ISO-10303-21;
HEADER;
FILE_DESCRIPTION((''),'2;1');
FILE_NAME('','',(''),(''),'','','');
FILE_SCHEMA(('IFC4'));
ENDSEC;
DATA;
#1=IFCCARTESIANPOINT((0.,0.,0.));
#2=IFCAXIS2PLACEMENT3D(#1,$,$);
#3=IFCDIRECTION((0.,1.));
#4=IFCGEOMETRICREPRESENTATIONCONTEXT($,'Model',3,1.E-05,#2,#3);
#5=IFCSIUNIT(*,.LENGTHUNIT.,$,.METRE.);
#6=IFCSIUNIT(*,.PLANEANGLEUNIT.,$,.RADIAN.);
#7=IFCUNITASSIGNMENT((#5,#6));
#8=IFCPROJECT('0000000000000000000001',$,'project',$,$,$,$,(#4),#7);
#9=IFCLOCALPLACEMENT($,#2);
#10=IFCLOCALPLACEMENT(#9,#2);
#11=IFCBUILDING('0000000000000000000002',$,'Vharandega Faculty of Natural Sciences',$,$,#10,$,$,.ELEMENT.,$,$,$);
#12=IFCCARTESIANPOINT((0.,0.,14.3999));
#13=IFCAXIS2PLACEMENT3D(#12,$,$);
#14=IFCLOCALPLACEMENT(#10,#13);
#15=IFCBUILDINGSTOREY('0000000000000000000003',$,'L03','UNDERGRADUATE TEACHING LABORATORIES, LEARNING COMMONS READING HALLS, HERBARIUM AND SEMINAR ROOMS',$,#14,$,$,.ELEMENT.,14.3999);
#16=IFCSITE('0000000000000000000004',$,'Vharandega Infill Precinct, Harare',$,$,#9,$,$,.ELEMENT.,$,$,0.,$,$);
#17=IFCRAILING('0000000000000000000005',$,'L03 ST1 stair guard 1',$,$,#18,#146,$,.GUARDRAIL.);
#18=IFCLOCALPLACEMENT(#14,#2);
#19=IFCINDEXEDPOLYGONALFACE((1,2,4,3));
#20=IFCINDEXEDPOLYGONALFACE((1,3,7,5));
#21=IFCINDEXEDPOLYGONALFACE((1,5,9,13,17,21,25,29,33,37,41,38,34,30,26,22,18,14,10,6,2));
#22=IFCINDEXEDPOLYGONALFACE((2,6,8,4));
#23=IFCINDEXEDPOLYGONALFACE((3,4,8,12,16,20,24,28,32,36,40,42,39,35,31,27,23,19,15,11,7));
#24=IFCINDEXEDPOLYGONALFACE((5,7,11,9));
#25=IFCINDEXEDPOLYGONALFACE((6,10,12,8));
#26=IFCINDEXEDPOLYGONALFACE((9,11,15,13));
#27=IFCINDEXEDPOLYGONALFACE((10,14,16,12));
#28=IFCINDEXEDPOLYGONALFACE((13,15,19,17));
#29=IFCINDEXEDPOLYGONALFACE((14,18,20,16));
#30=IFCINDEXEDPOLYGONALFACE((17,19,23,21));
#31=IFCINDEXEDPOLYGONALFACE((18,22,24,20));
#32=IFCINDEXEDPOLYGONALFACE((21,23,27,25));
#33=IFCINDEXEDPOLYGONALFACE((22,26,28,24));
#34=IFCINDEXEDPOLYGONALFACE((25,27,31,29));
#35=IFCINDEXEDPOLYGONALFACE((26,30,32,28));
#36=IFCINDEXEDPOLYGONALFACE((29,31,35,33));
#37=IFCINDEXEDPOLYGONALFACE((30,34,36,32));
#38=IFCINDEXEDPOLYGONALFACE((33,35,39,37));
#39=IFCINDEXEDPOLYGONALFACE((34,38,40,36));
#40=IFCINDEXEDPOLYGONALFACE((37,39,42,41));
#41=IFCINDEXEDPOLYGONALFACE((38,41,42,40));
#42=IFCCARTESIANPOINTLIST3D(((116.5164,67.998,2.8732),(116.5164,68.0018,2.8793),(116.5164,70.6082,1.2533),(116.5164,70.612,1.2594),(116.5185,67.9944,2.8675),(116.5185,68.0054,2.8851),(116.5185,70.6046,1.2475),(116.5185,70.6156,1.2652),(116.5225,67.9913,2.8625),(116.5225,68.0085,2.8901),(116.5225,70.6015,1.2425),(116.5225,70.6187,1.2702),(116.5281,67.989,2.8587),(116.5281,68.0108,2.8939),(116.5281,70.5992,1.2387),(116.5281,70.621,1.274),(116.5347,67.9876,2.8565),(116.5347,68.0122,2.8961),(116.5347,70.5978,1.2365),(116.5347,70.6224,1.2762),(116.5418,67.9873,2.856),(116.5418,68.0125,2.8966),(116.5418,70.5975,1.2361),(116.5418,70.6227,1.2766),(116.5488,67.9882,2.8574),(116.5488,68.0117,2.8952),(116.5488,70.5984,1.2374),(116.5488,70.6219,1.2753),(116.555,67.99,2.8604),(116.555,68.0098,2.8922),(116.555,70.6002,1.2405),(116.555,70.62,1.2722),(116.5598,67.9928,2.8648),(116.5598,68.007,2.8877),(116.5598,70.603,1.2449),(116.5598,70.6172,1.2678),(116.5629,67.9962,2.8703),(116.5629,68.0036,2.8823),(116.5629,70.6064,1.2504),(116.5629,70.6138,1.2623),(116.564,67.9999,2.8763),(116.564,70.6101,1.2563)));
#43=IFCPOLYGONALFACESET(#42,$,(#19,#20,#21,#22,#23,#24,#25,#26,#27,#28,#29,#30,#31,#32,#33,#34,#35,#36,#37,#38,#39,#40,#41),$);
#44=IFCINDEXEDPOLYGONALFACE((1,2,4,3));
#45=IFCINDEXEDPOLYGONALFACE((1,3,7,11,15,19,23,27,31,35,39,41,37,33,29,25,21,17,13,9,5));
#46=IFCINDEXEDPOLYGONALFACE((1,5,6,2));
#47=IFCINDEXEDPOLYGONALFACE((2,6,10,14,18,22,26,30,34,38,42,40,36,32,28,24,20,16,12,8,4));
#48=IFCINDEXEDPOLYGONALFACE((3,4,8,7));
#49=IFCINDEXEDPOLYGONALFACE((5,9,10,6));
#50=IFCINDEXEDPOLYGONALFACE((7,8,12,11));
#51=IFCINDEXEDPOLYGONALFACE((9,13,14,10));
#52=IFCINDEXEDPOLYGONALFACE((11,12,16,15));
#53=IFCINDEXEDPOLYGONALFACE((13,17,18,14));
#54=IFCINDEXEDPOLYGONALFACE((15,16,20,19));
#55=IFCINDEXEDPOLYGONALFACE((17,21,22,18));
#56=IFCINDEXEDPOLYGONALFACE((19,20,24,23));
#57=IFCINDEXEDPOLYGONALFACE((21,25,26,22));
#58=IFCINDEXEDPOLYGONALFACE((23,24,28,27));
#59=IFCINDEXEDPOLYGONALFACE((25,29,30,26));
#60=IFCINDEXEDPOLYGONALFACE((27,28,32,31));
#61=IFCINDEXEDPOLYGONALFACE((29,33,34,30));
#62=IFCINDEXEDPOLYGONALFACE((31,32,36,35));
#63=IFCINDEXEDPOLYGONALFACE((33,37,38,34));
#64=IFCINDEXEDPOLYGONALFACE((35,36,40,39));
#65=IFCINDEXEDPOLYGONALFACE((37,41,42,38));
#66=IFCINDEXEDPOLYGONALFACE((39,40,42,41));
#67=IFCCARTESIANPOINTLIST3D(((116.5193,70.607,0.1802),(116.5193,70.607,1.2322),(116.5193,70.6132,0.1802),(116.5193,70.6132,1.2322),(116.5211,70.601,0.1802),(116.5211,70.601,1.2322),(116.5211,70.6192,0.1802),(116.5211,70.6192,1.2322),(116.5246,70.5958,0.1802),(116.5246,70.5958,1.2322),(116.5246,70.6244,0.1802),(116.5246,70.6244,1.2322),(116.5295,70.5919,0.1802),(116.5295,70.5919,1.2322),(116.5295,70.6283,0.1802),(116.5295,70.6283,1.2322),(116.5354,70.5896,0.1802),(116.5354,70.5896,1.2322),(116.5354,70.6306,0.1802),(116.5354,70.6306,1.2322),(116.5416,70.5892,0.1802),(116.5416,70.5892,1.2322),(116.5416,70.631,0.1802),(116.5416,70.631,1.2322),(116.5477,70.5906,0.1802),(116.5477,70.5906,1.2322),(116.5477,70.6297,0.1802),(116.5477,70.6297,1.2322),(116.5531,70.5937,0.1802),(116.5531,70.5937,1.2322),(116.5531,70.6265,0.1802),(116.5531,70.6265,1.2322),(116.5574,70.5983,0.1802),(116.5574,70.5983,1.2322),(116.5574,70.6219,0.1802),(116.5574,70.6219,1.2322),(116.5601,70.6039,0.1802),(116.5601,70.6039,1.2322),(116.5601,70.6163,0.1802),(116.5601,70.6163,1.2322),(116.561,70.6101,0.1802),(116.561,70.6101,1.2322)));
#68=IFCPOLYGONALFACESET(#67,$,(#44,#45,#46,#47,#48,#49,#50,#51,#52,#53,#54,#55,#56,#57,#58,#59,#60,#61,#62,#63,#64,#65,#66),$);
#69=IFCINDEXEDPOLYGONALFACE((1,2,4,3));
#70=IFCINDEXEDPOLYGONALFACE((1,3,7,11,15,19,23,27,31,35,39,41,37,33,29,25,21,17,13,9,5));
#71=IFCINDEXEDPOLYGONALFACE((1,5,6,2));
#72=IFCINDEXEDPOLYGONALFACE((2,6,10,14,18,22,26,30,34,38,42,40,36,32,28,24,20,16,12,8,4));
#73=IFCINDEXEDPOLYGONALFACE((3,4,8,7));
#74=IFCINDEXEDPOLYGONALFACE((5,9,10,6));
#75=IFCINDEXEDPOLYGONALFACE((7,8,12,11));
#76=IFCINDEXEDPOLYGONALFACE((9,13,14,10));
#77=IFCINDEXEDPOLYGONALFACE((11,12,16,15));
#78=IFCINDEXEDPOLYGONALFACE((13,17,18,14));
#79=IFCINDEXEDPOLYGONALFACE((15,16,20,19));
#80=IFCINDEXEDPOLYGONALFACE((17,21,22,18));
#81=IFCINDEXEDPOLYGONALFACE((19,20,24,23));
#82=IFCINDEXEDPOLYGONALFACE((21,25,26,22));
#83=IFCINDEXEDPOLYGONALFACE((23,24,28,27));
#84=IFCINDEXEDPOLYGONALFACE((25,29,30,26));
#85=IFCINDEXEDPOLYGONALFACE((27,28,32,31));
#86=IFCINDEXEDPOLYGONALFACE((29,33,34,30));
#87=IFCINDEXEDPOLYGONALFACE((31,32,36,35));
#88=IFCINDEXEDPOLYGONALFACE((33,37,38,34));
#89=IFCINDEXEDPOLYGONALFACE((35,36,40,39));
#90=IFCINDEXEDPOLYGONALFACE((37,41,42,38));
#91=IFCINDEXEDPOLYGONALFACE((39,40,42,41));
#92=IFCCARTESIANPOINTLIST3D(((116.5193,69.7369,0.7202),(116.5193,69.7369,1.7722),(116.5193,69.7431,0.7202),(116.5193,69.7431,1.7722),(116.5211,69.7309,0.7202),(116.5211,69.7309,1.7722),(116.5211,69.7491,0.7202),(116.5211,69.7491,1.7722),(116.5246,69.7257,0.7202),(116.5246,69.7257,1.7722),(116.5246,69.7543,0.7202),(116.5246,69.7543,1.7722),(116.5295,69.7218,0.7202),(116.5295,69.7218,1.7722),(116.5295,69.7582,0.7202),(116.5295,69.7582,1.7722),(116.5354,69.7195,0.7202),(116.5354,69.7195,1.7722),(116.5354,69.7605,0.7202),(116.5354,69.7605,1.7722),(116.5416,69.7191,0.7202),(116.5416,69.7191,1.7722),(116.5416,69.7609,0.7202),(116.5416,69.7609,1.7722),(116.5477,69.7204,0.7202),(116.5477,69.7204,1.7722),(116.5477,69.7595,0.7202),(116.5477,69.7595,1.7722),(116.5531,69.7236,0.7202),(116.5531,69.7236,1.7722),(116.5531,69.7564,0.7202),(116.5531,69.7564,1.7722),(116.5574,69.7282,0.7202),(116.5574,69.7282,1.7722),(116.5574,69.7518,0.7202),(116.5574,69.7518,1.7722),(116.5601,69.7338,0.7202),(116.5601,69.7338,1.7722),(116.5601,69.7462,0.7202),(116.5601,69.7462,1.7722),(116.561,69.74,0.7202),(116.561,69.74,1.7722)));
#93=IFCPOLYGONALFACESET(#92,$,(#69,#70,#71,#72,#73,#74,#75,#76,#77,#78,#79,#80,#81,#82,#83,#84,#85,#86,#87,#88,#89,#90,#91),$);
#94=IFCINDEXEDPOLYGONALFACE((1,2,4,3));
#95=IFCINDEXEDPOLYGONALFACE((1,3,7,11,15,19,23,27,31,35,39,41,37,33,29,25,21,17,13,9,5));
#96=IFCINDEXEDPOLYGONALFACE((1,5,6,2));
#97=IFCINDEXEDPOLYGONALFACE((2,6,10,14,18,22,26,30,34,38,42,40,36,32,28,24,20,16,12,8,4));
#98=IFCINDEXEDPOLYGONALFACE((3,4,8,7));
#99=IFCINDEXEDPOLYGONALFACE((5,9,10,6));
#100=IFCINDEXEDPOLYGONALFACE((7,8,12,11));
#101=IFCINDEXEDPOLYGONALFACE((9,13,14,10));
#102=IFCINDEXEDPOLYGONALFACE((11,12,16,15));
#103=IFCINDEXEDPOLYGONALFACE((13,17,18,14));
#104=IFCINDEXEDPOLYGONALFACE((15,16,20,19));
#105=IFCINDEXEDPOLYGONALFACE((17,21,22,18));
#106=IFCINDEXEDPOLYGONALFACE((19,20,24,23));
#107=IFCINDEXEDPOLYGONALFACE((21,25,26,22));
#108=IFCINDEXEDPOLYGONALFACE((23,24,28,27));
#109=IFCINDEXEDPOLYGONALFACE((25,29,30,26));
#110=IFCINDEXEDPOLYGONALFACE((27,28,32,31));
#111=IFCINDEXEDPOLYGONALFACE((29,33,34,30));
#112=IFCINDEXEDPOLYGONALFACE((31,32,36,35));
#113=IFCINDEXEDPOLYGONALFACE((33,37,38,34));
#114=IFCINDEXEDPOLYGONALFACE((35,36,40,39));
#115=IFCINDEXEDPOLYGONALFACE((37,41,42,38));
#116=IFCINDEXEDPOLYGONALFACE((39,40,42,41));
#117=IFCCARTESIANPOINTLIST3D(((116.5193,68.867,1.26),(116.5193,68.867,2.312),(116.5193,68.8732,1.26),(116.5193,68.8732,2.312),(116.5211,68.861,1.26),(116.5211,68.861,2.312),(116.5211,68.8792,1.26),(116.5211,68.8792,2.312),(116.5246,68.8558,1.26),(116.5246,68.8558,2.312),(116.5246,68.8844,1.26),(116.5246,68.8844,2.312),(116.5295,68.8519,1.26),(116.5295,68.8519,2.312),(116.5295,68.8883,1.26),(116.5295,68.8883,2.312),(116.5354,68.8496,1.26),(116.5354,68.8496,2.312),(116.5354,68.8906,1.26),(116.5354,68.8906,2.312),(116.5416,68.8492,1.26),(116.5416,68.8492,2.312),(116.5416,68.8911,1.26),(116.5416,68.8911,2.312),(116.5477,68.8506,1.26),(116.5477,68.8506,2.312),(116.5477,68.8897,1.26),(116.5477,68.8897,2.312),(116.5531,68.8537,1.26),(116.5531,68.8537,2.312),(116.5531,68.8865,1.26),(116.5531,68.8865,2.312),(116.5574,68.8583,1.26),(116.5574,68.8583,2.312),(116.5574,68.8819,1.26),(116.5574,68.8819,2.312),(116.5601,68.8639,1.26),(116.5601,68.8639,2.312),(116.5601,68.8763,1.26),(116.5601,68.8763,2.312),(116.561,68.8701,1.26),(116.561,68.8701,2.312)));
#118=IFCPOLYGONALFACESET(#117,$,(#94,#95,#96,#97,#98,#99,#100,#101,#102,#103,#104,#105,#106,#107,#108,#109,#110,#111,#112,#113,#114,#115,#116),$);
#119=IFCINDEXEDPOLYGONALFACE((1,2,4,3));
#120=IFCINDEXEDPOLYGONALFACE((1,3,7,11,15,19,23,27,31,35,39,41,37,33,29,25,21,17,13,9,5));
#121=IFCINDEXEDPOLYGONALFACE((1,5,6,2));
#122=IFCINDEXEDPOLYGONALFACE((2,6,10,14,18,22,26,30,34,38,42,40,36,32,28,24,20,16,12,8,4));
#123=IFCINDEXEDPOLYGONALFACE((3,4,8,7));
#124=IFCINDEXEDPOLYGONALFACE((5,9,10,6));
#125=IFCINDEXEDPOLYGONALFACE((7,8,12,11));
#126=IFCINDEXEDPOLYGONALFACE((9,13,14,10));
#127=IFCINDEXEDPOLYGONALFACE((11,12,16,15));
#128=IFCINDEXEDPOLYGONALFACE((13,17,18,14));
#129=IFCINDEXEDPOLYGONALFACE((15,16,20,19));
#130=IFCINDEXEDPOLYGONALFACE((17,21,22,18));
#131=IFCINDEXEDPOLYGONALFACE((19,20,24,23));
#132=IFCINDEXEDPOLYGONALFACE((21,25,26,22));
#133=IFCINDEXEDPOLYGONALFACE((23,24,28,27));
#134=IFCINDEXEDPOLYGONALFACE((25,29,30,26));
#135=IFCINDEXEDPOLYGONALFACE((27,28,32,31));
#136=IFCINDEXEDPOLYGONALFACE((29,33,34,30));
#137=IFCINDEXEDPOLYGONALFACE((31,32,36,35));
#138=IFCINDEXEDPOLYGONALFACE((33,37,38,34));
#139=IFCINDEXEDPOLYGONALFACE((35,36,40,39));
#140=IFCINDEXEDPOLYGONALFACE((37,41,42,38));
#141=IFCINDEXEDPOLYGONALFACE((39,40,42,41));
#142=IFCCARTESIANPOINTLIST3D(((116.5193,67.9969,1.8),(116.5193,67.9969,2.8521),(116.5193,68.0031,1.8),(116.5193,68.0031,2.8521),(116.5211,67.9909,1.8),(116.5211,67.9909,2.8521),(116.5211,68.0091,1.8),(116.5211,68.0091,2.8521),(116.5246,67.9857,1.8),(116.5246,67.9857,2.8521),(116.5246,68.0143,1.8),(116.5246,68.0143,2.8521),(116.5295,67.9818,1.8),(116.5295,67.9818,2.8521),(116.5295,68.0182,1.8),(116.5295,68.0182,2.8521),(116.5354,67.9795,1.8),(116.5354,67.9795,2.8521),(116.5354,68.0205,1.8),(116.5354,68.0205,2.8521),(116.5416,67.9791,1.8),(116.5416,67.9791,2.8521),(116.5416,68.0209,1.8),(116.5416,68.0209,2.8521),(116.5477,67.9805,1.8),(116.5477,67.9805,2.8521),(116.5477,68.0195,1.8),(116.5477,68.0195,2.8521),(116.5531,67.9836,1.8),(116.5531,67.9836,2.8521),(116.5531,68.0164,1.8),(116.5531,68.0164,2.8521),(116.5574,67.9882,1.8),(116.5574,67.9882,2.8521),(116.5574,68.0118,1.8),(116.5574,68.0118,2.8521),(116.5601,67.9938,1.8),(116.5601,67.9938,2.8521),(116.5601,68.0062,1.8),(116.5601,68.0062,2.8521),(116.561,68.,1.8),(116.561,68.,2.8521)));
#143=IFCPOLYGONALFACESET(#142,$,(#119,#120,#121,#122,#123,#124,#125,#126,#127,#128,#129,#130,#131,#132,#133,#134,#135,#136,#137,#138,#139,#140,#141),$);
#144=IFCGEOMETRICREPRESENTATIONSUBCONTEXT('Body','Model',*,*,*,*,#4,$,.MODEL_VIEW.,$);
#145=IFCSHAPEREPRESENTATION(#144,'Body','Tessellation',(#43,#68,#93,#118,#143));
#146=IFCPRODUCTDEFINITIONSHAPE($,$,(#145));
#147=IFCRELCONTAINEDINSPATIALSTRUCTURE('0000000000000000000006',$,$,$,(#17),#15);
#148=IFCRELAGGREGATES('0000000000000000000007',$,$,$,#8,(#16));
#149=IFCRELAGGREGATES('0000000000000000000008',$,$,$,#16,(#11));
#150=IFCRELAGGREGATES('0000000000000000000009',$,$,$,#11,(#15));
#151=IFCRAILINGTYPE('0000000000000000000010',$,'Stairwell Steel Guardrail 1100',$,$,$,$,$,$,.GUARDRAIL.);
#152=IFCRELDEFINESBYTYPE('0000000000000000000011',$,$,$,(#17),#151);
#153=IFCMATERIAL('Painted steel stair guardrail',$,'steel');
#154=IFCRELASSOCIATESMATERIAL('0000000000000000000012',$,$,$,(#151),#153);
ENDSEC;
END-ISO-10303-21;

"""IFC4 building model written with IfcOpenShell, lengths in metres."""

from ifc_helpers import new_model, si_unit, direction, frame, origin, origin_2d, place, context, subcontext, project, spatial, circle, extrude, material, type_object, element, save


model = new_model("IFC4")

# Units and contexts
model_context = context("Model", 3, precision=1e-05, world=origin(), true_north=direction((0.0, 1.0)))
body_context = subcontext(model_context, "Body", "Model", "MODEL_VIEW")
ifc_project = project(units=[si_unit("LENGTHUNIT", "METRE"), si_unit("PLANEANGLEUNIT", "RADIAN")], contexts=[model_context])

# Site, building, storey
site_placement = place(None, origin())
site = spatial("IfcSite", under=ifc_project, at=site_placement, Name="Vharandega Infill Precinct, Harare", CompositionType="ELEMENT", RefElevation=0.0)
building_placement = place(site_placement, origin())
building = spatial("IfcBuilding", under=site, at=building_placement, Name="Vharandega Faculty of Natural Sciences", CompositionType="ELEMENT")
storey_placement = place(building_placement, frame((0.0, 0.0, 14.3999)))
storey = spatial("IfcBuildingStorey", under=building, at=storey_placement, Name="L03", Description="UNDERGRADUATE TEACHING LABORATORIES, LEARNING COMMONS READING HALLS, HERBARIUM AND SEMINAR ROOMS", CompositionType="ELEMENT", Elevation=14.3999)

# Railing
ifc_material_1 = material(Name="Painted steel stair guardrail", Category="steel")
railing_type_1 = type_object("IfcRailingType", Name="Stairwell Steel Guardrail 1100", PredefinedType="GUARDRAIL", material=ifc_material_1)
railing_1_placement = place(storey_placement, frame((116.54, 70.6101, 0.1802)))
element("IfcRailing", 1, at=railing_1_placement, inside=storey, type_object=railing_type_1, Name="L03 ST1 stair guard 1", PredefinedType="GUARDRAIL", context=body_context, shape_type="SweptSolid", body=[
    extrude(circle(Radius=0.0239, at=origin_2d()), frame((0.0, 0.0, 1.0762), z_axis=(0.0, -0.849668, 0.527317), x_axis=(1.0, 0.0, 0.0)), (0.0, 0.0, 1.0), 3.072),
    extrude(circle(Radius=0.021, at=origin_2d()), origin(), (0.0, 0.0, 1.0), 1.052),
    extrude(circle(Radius=0.021, at=origin_2d()), frame((0.0, -0.8701, 0.54)), (0.0, 0.0, 1.0), 1.052),
    extrude(circle(Radius=0.021, at=origin_2d()), frame((0.0, -1.74, 1.0798)), (0.0, 0.0, 1.0), 1.052),
    extrude(circle(Radius=0.021, at=origin_2d()), frame((0.0, -2.6101, 1.6199)), (0.0, 0.0, 1.0), 1.052),
])

save(model, "model.ifc")
